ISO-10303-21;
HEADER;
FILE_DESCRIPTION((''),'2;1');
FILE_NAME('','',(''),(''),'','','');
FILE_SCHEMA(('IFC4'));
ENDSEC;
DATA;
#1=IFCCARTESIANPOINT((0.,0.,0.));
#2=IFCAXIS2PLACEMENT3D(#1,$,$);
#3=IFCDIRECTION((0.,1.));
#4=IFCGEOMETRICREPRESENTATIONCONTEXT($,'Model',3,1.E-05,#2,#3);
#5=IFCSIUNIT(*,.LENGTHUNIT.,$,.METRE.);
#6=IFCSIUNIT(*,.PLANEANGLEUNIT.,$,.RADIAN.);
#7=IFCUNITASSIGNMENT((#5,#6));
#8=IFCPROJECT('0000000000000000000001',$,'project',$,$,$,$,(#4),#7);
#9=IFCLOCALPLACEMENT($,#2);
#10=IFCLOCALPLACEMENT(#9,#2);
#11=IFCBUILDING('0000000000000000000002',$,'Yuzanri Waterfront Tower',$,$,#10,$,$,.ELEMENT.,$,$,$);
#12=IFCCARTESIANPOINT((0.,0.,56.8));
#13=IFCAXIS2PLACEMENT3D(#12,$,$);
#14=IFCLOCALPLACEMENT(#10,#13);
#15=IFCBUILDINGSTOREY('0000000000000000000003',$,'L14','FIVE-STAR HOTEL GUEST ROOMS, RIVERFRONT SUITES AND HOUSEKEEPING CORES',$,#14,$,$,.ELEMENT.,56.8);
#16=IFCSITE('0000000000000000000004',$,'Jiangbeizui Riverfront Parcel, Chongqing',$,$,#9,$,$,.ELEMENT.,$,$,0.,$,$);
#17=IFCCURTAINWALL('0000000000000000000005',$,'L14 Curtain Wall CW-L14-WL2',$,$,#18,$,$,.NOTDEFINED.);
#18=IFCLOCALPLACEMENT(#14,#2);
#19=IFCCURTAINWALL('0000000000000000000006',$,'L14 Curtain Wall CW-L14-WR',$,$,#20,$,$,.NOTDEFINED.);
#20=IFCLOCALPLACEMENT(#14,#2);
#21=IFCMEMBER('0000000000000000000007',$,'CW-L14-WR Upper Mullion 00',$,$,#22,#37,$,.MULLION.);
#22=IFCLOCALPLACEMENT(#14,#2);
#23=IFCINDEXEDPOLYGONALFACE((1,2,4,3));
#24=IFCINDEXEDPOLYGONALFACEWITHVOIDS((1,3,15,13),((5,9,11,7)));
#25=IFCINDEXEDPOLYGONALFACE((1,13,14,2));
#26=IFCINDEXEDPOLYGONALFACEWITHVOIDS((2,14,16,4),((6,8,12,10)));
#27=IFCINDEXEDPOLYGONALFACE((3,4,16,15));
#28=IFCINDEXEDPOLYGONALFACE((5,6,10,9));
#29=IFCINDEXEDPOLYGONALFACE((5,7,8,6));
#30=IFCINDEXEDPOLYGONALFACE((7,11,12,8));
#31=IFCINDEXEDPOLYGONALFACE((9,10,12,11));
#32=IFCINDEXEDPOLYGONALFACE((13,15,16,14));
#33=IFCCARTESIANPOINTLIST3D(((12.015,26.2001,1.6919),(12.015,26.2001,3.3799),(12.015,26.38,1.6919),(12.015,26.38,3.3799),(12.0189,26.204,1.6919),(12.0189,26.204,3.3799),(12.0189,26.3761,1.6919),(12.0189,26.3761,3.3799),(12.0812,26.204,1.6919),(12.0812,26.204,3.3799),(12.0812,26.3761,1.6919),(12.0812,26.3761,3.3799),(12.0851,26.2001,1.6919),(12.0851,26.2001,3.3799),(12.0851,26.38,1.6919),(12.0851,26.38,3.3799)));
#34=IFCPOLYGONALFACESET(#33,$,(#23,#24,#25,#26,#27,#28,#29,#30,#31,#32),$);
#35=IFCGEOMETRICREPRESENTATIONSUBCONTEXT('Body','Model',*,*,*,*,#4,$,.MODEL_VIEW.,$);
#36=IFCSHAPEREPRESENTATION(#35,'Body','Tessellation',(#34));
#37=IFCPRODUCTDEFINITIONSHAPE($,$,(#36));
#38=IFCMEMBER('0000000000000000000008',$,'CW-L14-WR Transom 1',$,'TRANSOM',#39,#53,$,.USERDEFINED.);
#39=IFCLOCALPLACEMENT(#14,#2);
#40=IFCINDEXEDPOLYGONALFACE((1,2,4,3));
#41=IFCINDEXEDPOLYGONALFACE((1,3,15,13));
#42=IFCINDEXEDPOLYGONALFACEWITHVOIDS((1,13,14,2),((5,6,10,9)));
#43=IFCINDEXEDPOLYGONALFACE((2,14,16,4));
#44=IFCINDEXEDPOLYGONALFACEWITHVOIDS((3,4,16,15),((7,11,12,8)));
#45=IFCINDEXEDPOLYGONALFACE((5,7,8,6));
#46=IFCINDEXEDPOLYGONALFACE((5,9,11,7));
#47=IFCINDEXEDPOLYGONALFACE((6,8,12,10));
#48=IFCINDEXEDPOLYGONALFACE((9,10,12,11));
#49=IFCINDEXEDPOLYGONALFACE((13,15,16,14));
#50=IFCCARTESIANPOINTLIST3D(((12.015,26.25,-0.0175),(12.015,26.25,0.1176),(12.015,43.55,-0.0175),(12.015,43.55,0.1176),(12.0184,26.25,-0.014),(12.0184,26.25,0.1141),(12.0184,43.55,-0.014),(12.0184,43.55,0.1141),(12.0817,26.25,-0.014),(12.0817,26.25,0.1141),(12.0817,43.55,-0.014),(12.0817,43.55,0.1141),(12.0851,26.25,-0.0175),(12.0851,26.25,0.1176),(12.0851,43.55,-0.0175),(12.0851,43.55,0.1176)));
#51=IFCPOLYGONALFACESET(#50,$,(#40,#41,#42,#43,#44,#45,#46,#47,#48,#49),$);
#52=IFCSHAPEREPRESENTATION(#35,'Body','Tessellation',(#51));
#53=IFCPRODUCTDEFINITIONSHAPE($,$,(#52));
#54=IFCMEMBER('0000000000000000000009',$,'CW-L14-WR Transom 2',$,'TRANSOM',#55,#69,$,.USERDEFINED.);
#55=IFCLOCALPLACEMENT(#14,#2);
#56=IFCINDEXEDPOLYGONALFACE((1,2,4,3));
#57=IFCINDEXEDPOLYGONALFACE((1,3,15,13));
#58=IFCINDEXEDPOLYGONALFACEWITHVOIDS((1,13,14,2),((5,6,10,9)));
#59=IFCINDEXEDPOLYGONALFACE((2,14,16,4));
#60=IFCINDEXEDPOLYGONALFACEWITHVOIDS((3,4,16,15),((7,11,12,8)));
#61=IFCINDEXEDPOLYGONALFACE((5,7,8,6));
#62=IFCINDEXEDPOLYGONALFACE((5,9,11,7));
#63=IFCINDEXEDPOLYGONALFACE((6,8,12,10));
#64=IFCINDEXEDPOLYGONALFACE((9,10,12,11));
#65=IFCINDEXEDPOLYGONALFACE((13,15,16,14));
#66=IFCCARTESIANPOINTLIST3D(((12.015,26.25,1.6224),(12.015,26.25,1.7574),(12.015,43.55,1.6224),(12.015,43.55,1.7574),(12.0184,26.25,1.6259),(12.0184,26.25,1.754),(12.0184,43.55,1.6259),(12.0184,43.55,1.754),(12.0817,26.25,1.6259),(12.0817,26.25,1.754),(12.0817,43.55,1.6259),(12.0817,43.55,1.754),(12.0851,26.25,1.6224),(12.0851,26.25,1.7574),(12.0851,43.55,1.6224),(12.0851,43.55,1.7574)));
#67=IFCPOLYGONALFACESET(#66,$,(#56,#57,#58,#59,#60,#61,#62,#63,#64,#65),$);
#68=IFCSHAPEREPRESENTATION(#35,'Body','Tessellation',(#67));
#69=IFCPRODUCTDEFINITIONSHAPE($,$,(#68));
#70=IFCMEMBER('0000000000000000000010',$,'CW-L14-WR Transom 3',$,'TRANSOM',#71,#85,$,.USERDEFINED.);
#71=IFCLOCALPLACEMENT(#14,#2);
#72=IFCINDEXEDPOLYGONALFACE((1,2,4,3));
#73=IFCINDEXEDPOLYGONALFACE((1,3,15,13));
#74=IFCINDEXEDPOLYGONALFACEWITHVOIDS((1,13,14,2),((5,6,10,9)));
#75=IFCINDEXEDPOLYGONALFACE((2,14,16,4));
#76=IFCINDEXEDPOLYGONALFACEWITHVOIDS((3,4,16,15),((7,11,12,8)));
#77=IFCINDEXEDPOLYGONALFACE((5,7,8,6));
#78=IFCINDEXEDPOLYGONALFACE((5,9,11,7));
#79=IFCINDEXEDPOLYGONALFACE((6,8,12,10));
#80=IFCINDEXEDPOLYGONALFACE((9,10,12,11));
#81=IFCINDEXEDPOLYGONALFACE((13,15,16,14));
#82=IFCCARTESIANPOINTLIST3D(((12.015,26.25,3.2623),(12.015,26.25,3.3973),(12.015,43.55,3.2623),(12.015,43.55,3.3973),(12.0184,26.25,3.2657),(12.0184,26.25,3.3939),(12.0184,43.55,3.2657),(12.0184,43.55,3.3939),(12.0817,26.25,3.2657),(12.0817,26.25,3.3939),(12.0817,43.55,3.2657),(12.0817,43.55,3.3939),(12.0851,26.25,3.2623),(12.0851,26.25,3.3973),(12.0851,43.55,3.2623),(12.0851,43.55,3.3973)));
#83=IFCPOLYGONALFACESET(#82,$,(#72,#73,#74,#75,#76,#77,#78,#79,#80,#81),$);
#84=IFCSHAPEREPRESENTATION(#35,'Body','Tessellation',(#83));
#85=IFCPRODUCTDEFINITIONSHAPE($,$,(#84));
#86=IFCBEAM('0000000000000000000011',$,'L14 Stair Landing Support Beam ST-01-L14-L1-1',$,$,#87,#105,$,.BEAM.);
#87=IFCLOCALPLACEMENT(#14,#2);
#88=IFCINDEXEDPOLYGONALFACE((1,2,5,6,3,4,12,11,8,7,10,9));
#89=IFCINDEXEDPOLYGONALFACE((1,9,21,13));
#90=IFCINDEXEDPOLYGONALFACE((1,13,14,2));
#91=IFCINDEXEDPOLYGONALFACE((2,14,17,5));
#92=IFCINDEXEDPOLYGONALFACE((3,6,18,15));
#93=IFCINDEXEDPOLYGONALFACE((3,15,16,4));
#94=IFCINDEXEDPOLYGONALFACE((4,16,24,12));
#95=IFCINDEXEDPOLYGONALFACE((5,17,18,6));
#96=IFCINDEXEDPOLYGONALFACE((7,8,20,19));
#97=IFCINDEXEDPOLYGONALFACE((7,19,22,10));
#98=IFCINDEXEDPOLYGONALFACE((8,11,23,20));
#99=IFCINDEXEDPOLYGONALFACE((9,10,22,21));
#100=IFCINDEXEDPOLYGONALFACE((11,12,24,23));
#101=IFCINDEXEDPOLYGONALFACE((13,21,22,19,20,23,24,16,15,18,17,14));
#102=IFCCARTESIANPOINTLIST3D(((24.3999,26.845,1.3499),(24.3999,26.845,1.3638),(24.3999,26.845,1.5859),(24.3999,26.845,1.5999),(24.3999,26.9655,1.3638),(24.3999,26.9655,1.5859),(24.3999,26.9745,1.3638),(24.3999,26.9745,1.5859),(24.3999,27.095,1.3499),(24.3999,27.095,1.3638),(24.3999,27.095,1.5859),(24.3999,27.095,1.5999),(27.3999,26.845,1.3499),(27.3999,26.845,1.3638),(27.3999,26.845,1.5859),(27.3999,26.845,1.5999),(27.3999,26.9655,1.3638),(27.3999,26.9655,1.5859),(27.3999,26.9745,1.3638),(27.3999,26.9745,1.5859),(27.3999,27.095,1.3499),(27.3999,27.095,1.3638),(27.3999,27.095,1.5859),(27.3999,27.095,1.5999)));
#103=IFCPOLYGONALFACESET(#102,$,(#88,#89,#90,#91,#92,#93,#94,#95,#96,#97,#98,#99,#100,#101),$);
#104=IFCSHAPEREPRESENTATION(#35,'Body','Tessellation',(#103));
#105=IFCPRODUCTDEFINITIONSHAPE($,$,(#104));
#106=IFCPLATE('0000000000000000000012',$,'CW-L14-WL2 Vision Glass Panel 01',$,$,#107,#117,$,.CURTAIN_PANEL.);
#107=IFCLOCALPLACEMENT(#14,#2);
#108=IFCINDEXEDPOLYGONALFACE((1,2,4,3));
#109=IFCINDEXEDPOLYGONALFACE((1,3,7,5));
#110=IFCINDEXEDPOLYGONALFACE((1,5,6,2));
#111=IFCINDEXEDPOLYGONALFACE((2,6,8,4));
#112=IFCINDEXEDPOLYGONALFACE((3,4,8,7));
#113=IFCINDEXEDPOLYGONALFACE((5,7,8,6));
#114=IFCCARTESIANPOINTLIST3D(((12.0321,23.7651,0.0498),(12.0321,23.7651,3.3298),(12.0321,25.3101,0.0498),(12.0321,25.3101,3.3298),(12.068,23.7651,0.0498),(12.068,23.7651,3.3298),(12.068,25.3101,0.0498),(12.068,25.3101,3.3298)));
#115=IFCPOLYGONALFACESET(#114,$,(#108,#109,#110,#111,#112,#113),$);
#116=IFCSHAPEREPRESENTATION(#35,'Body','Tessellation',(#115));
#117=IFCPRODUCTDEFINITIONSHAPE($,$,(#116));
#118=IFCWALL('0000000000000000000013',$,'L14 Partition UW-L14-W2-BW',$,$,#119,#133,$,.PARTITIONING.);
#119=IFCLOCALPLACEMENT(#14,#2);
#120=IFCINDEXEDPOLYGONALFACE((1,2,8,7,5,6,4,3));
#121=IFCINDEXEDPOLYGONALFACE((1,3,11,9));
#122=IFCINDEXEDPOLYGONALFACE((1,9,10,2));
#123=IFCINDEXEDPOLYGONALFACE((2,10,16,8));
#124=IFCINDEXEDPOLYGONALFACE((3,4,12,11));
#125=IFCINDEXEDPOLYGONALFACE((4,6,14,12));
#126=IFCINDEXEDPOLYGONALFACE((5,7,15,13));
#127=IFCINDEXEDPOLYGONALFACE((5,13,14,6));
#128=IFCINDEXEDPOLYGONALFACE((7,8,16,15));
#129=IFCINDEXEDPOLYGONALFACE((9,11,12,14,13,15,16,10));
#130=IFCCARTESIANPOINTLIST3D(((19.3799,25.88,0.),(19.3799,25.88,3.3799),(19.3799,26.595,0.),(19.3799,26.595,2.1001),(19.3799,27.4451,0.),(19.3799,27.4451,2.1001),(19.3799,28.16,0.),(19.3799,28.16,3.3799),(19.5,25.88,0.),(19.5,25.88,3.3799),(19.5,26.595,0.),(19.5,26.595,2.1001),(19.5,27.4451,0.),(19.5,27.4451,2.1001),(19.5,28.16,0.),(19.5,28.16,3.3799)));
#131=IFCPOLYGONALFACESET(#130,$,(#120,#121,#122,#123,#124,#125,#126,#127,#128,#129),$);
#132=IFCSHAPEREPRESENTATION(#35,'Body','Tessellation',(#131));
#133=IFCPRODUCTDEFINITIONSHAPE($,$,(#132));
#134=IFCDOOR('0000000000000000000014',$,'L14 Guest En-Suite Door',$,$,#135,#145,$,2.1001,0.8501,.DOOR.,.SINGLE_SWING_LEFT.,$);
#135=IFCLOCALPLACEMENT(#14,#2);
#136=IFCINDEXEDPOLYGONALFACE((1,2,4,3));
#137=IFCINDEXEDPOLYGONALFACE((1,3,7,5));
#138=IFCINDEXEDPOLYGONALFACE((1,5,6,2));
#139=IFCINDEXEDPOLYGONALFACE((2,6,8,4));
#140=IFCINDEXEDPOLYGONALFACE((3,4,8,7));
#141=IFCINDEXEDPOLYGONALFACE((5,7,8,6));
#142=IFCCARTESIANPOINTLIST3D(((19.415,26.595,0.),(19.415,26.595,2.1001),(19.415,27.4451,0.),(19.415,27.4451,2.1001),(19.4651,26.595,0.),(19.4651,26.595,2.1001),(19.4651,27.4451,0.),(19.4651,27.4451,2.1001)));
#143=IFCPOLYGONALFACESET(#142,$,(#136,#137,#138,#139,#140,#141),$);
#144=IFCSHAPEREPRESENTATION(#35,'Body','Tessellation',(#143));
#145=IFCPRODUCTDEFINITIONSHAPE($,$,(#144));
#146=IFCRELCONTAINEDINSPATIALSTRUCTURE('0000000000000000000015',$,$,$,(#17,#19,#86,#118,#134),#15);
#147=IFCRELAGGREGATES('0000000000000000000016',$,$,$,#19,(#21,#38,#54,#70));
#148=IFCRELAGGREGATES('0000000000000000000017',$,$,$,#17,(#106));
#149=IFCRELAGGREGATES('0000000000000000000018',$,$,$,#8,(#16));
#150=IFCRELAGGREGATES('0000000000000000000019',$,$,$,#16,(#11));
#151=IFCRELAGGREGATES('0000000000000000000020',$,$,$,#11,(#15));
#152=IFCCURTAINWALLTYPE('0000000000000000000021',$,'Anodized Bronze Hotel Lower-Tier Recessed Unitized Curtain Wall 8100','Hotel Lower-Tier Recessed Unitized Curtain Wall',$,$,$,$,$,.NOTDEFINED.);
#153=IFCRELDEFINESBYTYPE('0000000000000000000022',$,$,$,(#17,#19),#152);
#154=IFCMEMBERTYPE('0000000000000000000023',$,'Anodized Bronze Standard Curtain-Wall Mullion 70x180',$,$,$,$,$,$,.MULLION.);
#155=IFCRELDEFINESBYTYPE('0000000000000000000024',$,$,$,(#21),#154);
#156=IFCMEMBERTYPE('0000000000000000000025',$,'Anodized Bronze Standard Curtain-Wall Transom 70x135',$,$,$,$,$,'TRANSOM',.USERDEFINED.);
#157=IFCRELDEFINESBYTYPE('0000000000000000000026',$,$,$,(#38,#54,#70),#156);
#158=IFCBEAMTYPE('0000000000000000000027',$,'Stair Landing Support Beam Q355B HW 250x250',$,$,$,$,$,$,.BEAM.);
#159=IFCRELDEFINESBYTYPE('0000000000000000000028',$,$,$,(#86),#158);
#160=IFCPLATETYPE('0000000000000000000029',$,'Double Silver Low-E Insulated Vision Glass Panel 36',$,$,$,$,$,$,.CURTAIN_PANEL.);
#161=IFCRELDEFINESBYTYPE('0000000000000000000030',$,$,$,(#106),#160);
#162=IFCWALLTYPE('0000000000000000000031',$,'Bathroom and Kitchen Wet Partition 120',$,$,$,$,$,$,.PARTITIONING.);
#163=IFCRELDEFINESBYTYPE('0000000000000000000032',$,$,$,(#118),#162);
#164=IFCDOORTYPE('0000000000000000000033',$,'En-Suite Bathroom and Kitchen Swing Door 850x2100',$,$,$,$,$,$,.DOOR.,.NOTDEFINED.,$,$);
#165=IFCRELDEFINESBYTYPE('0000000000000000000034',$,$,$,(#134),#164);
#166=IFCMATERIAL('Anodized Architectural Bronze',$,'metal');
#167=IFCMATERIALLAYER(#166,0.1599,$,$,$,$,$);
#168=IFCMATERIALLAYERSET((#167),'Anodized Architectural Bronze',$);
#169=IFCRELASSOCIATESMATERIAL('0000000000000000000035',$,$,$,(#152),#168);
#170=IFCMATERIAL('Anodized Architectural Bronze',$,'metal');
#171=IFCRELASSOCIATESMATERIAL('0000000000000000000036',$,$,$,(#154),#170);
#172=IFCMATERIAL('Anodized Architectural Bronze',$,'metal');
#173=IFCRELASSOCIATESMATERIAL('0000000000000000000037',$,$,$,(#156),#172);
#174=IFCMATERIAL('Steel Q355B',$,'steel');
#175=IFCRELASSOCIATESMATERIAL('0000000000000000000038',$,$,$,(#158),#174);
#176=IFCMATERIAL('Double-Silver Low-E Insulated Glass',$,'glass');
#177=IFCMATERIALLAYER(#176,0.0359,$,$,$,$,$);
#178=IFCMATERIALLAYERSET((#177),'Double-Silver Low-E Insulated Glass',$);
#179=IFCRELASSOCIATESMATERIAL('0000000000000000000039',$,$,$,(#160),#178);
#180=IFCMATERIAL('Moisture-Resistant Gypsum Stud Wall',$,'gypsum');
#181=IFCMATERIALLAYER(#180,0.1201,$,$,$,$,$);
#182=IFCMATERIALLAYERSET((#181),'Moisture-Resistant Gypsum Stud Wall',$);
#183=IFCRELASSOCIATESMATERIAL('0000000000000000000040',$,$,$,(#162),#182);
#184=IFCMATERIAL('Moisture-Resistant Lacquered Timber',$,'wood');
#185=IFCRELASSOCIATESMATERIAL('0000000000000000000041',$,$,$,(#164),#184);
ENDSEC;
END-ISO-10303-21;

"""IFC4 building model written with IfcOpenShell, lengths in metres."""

from ifc_helpers import new_model, si_unit, direction, frame, frame_2d, origin, origin_2d, place, context, subcontext, project, spatial, rectangle, hollow_rectangle, i_section, extrude, source, transform, mapped, material, layer, layer_set, material_profile, profile_set, type_object, element, fill, aggregate, save


model = new_model("IFC4")

# Units and contexts
model_context = context("Model", 3, precision=1e-05, world=origin(), true_north=direction((0.0, 1.0)))
body_context = subcontext(model_context, "Body", "Model", "MODEL_VIEW")
ifc_project = project(units=[si_unit("LENGTHUNIT", "METRE"), si_unit("PLANEANGLEUNIT", "RADIAN")], contexts=[model_context])

# Site, building, storey
site_placement = place(None, origin())
site = spatial("IfcSite", under=ifc_project, at=site_placement, Name="Jiangbeizui Riverfront Parcel, Chongqing", CompositionType="ELEMENT", RefElevation=0.0)
building_placement = place(site_placement, origin())
building = spatial("IfcBuilding", under=site, at=building_placement, Name="Yuzanri Waterfront Tower", CompositionType="ELEMENT")
storey_placement = place(building_placement, frame((0.0, 0.0, 56.8)))
storey = spatial("IfcBuildingStorey", under=building, at=storey_placement, Name="L14", Description="FIVE-STAR HOTEL GUEST ROOMS, RIVERFRONT SUITES AND HOUSEKEEPING CORES", CompositionType="ELEMENT", Elevation=56.8)

# Curtain walls, members
ifc_material_1 = material(Name="Anodized Architectural Bronze", Category="metal")
ifc_layer_1 = layer(ifc_material_1, 0.1599)
ifc_layer_set_1 = layer_set([ifc_layer_1], Name="Anodized Architectural Bronze")
curtain_wall_type = type_object("IfcCurtainWallType", Name="Anodized Bronze Hotel Lower-Tier Recessed Unitized Curtain Wall 8100", Description="Hotel Lower-Tier Recessed Unitized Curtain Wall", PredefinedType="NOTDEFINED", material=ifc_layer_set_1)
curtain_wall_1_placement = place(storey_placement, origin())
curtain_wall_1 = element("IfcCurtainWall", 1, at=curtain_wall_1_placement, inside=storey, type_object=curtain_wall_type, Name="L14 Curtain Wall CW-L14-WL2", PredefinedType="NOTDEFINED")
ifc_material_2 = material(Name="Anodized Architectural Bronze", Category="metal")
ifc_material_profile_1 = material_profile(ifc_material_2, hollow_rectangle(XDim=0.0701, YDim=0.1799, WallThickness=0.0039, at=origin_2d()), Name="CWM 70x180")
ifc_profile_set_1 = profile_set([ifc_material_profile_1], Name="Anodized Architectural Bronze")
member_type_1 = type_object("IfcMemberType", Name="Anodized Bronze Standard Curtain-Wall Mullion 70x180", PredefinedType="MULLION", material=ifc_profile_set_1)
shared_shape_1 = source(origin(), body_context, "Body", "SweptSolid", [
    extrude(hollow_rectangle(XDim=0.0701, YDim=0.1799, WallThickness=0.0039, at=origin_2d()), origin(), (0.0, 0.0, 1.0), 1.688),
])
curtain_wall_2_placement = place(storey_placement, origin())
curtain_wall_2 = element("IfcCurtainWall", 2, at=curtain_wall_2_placement, inside=storey, type_object=curtain_wall_type, Name="L14 Curtain Wall CW-L14-WR", PredefinedType="NOTDEFINED")
member_1_placement = place(storey_placement, frame((12.05, 26.29, 1.6919), z_axis=(0.0, 0.0, 1.0), x_axis=(1.0, 0.0, 0.0)))
member_1 = element("IfcMember", 3, at=member_1_placement, type_object=member_type_1, Name="CW-L14-WR Upper Mullion 00", PredefinedType="MULLION", context=body_context, shape_type="MappedRepresentation", body=[
    mapped(shared_shape_1, transform((0.0, 0.0, 0.0), scale=1.0)),
])
ifc_material_3 = material(Name="Anodized Architectural Bronze", Category="metal")
ifc_material_profile_2 = material_profile(ifc_material_3, hollow_rectangle(XDim=0.0701, YDim=0.135, WallThickness=0.0034, at=origin_2d()), Name="CWT 70x135")
ifc_profile_set_2 = profile_set([ifc_material_profile_2], Name="Anodized Architectural Bronze")
member_type_2 = type_object("IfcMemberType", Name="Anodized Bronze Standard Curtain-Wall Transom 70x135", ElementType="TRANSOM", PredefinedType="USERDEFINED", material=ifc_profile_set_2)
shared_shape_2 = source(origin(), body_context, "Body", "SweptSolid", [
    extrude(hollow_rectangle(XDim=0.0701, YDim=0.135, WallThickness=0.0034, at=origin_2d()), origin(), (0.0, 0.0, 1.0), 17.3),
])
member_2_placement = place(storey_placement, frame((12.05, 26.25, 0.05), z_axis=(0.0, 1.0, 0.0), x_axis=(-1.0, 0.0, 0.0)))
member_2 = element("IfcMember", 4, at=member_2_placement, type_object=member_type_2, Name="CW-L14-WR Transom 1", ObjectType="TRANSOM", PredefinedType="USERDEFINED", context=body_context, shape_type="MappedRepresentation", body=[
    mapped(shared_shape_2, transform((0.0, 0.0, 0.0), scale=1.0)),
])
member_3_placement = place(storey_placement, frame((12.05, 26.25, 1.6899), z_axis=(0.0, 1.0, 0.0), x_axis=(-1.0, 0.0, 0.0)))
member_3 = element("IfcMember", 5, at=member_3_placement, type_object=member_type_2, Name="CW-L14-WR Transom 2", ObjectType="TRANSOM", PredefinedType="USERDEFINED", context=body_context, shape_type="MappedRepresentation", body=[
    mapped(shared_shape_2, transform((0.0, 0.0, 0.0), scale=1.0)),
])
member_4_placement = place(storey_placement, frame((12.05, 26.25, 3.3298), z_axis=(0.0, 1.0, 0.0), x_axis=(-1.0, 0.0, 0.0)))
member_4 = element("IfcMember", 6, at=member_4_placement, type_object=member_type_2, Name="CW-L14-WR Transom 3", ObjectType="TRANSOM", PredefinedType="USERDEFINED", context=body_context, shape_type="MappedRepresentation", body=[
    mapped(shared_shape_2, transform((0.0, 0.0, 0.0), scale=1.0)),
])
aggregate(curtain_wall_2, [member_1, member_2, member_3, member_4])

# Beam
ifc_material_4 = material(Name="Steel Q355B", Category="steel")
ifc_material_profile_3 = material_profile(ifc_material_4, i_section(OverallWidth=0.25, OverallDepth=0.25, WebThickness=0.009, FlangeThickness=0.0139, at=origin_2d()), Name="HW 250x250x9x14")
ifc_profile_set_3 = profile_set([ifc_material_profile_3], Name="Steel Q355B")
beam_type_1 = type_object("IfcBeamType", Name="Stair Landing Support Beam Q355B HW 250x250", PredefinedType="BEAM", material=ifc_profile_set_3)
shared_shape_3 = source(origin(), body_context, "Body", "SweptSolid", [
    extrude(i_section(OverallWidth=0.25, OverallDepth=0.25, WebThickness=0.009, FlangeThickness=0.0139, at=origin_2d()), origin(), (0.0, 0.0, 1.0), 3.0),
])
beam_1_placement = place(storey_placement, frame((24.3999, 26.97, 1.4749), z_axis=(1.0, 0.0, 0.0), x_axis=(0.0, 1.0, 0.0)))
element("IfcBeam", 7, at=beam_1_placement, inside=storey, type_object=beam_type_1, Name="L14 Stair Landing Support Beam ST-01-L14-L1-1", PredefinedType="BEAM", context=body_context, shape_type="MappedRepresentation", body=[
    mapped(shared_shape_3, transform((0.0, 0.0, 0.0), scale=1.0)),
])

# Plate
ifc_material_5 = material(Name="Double-Silver Low-E Insulated Glass", Category="glass")
ifc_layer_2 = layer(ifc_material_5, 0.0359)
ifc_layer_set_2 = layer_set([ifc_layer_2], Name="Double-Silver Low-E Insulated Glass")
plate_type = type_object("IfcPlateType", Name="Double Silver Low-E Insulated Vision Glass Panel 36", PredefinedType="CURTAIN_PANEL", material=ifc_layer_set_2)
shared_shape_4 = source(origin(), body_context, "Body", "SweptSolid", [
    extrude(rectangle(XDim=1.5449, YDim=0.0359, at=origin_2d()), origin(), (0.0, 0.0, 1.0), 3.28),
])
plate_placement = place(storey_placement, frame((12.05, 24.5376, 0.0498), z_axis=(0.0, 0.0, 1.0), x_axis=(0.0, 1.0, 0.0)))
plate = element("IfcPlate", 8, at=plate_placement, type_object=plate_type, Name="CW-L14-WL2 Vision Glass Panel 01", PredefinedType="CURTAIN_PANEL", context=body_context, shape_type="MappedRepresentation", body=[
    mapped(shared_shape_4, transform((0.0, 0.0, 0.0), scale=1.0)),
])
aggregate(curtain_wall_1, [plate])

# Wall, opening, door
ifc_material_6 = material(Name="Moisture-Resistant Gypsum Stud Wall", Category="gypsum")
ifc_layer_3 = layer(ifc_material_6, 0.1201)
ifc_layer_set_3 = layer_set([ifc_layer_3], Name="Moisture-Resistant Gypsum Stud Wall")
wall_type_1 = type_object("IfcWallType", Name="Bathroom and Kitchen Wet Partition 120", PredefinedType="PARTITIONING", material=ifc_layer_set_3)
wall_1_placement = place(storey_placement, frame((19.4399, 25.8799, 0.0), z_axis=(0.0, 0.0, 1.0), x_axis=(0.0, 1.0, 0.0)))
wall_1 = element("IfcWall", 9, at=wall_1_placement, inside=storey, type_object=wall_type_1, Name="L14 Partition UW-L14-W2-BW", PredefinedType="PARTITIONING", context=body_context, shape_type="SweptSolid", body=[
    extrude(rectangle(XDim=2.28, YDim=0.1201, at=frame_2d((1.1401, 0.0))), origin(), (0.0, 0.0, 1.0), 3.3799),
])
opening_1_placement = place(wall_1_placement, frame((0.7151, 0.0, 0.0)))
opening_1 = element("IfcOpeningElement", 10, at=opening_1_placement, cuts=wall_1, PredefinedType="OPENING", context=body_context, shape_type="SweptSolid", body=[
    extrude(rectangle(XDim=0.8501, YDim=2.1001, at=frame_2d((0.425, 1.05))), frame((0.0, 0.075, 0.0), z_axis=(0.0, -1.0, 0.0), x_axis=(1.0, 0.0, 0.0)), (0.0, 0.0, 1.0), 0.1499),
])
ifc_material_7 = material(Name="Moisture-Resistant Lacquered Timber", Category="wood")
door_type_1 = type_object("IfcDoorType", Name="En-Suite Bathroom and Kitchen Swing Door 850x2100", OperationType="NOTDEFINED", PredefinedType="DOOR", material=ifc_material_7)
shared_shape_5 = source(origin(), body_context, "Body", "SweptSolid", [
    extrude(rectangle(XDim=0.8501, YDim=2.1001, at=frame_2d((0.425, 1.05))), frame((0.0, 0.0249, 0.0), z_axis=(0.0, -1.0, 0.0), x_axis=(1.0, 0.0, 0.0)), (0.0, 0.0, 1.0), 0.05),
])
door_1_placement = place(opening_1_placement, origin())
door_1 = element("IfcDoor", 11, at=door_1_placement, inside=storey, type_object=door_type_1, Name="L14 Guest En-Suite Door", OperationType="SINGLE_SWING_LEFT", OverallHeight=2.1001, OverallWidth=0.8501, PredefinedType="DOOR", context=body_context, shape_type="MappedRepresentation", body=[
    mapped(shared_shape_5, transform((0.0, 0.0, 0.0), scale=1.0)),
])
fill(opening_1, door_1)

save(model, "model.ifc")
